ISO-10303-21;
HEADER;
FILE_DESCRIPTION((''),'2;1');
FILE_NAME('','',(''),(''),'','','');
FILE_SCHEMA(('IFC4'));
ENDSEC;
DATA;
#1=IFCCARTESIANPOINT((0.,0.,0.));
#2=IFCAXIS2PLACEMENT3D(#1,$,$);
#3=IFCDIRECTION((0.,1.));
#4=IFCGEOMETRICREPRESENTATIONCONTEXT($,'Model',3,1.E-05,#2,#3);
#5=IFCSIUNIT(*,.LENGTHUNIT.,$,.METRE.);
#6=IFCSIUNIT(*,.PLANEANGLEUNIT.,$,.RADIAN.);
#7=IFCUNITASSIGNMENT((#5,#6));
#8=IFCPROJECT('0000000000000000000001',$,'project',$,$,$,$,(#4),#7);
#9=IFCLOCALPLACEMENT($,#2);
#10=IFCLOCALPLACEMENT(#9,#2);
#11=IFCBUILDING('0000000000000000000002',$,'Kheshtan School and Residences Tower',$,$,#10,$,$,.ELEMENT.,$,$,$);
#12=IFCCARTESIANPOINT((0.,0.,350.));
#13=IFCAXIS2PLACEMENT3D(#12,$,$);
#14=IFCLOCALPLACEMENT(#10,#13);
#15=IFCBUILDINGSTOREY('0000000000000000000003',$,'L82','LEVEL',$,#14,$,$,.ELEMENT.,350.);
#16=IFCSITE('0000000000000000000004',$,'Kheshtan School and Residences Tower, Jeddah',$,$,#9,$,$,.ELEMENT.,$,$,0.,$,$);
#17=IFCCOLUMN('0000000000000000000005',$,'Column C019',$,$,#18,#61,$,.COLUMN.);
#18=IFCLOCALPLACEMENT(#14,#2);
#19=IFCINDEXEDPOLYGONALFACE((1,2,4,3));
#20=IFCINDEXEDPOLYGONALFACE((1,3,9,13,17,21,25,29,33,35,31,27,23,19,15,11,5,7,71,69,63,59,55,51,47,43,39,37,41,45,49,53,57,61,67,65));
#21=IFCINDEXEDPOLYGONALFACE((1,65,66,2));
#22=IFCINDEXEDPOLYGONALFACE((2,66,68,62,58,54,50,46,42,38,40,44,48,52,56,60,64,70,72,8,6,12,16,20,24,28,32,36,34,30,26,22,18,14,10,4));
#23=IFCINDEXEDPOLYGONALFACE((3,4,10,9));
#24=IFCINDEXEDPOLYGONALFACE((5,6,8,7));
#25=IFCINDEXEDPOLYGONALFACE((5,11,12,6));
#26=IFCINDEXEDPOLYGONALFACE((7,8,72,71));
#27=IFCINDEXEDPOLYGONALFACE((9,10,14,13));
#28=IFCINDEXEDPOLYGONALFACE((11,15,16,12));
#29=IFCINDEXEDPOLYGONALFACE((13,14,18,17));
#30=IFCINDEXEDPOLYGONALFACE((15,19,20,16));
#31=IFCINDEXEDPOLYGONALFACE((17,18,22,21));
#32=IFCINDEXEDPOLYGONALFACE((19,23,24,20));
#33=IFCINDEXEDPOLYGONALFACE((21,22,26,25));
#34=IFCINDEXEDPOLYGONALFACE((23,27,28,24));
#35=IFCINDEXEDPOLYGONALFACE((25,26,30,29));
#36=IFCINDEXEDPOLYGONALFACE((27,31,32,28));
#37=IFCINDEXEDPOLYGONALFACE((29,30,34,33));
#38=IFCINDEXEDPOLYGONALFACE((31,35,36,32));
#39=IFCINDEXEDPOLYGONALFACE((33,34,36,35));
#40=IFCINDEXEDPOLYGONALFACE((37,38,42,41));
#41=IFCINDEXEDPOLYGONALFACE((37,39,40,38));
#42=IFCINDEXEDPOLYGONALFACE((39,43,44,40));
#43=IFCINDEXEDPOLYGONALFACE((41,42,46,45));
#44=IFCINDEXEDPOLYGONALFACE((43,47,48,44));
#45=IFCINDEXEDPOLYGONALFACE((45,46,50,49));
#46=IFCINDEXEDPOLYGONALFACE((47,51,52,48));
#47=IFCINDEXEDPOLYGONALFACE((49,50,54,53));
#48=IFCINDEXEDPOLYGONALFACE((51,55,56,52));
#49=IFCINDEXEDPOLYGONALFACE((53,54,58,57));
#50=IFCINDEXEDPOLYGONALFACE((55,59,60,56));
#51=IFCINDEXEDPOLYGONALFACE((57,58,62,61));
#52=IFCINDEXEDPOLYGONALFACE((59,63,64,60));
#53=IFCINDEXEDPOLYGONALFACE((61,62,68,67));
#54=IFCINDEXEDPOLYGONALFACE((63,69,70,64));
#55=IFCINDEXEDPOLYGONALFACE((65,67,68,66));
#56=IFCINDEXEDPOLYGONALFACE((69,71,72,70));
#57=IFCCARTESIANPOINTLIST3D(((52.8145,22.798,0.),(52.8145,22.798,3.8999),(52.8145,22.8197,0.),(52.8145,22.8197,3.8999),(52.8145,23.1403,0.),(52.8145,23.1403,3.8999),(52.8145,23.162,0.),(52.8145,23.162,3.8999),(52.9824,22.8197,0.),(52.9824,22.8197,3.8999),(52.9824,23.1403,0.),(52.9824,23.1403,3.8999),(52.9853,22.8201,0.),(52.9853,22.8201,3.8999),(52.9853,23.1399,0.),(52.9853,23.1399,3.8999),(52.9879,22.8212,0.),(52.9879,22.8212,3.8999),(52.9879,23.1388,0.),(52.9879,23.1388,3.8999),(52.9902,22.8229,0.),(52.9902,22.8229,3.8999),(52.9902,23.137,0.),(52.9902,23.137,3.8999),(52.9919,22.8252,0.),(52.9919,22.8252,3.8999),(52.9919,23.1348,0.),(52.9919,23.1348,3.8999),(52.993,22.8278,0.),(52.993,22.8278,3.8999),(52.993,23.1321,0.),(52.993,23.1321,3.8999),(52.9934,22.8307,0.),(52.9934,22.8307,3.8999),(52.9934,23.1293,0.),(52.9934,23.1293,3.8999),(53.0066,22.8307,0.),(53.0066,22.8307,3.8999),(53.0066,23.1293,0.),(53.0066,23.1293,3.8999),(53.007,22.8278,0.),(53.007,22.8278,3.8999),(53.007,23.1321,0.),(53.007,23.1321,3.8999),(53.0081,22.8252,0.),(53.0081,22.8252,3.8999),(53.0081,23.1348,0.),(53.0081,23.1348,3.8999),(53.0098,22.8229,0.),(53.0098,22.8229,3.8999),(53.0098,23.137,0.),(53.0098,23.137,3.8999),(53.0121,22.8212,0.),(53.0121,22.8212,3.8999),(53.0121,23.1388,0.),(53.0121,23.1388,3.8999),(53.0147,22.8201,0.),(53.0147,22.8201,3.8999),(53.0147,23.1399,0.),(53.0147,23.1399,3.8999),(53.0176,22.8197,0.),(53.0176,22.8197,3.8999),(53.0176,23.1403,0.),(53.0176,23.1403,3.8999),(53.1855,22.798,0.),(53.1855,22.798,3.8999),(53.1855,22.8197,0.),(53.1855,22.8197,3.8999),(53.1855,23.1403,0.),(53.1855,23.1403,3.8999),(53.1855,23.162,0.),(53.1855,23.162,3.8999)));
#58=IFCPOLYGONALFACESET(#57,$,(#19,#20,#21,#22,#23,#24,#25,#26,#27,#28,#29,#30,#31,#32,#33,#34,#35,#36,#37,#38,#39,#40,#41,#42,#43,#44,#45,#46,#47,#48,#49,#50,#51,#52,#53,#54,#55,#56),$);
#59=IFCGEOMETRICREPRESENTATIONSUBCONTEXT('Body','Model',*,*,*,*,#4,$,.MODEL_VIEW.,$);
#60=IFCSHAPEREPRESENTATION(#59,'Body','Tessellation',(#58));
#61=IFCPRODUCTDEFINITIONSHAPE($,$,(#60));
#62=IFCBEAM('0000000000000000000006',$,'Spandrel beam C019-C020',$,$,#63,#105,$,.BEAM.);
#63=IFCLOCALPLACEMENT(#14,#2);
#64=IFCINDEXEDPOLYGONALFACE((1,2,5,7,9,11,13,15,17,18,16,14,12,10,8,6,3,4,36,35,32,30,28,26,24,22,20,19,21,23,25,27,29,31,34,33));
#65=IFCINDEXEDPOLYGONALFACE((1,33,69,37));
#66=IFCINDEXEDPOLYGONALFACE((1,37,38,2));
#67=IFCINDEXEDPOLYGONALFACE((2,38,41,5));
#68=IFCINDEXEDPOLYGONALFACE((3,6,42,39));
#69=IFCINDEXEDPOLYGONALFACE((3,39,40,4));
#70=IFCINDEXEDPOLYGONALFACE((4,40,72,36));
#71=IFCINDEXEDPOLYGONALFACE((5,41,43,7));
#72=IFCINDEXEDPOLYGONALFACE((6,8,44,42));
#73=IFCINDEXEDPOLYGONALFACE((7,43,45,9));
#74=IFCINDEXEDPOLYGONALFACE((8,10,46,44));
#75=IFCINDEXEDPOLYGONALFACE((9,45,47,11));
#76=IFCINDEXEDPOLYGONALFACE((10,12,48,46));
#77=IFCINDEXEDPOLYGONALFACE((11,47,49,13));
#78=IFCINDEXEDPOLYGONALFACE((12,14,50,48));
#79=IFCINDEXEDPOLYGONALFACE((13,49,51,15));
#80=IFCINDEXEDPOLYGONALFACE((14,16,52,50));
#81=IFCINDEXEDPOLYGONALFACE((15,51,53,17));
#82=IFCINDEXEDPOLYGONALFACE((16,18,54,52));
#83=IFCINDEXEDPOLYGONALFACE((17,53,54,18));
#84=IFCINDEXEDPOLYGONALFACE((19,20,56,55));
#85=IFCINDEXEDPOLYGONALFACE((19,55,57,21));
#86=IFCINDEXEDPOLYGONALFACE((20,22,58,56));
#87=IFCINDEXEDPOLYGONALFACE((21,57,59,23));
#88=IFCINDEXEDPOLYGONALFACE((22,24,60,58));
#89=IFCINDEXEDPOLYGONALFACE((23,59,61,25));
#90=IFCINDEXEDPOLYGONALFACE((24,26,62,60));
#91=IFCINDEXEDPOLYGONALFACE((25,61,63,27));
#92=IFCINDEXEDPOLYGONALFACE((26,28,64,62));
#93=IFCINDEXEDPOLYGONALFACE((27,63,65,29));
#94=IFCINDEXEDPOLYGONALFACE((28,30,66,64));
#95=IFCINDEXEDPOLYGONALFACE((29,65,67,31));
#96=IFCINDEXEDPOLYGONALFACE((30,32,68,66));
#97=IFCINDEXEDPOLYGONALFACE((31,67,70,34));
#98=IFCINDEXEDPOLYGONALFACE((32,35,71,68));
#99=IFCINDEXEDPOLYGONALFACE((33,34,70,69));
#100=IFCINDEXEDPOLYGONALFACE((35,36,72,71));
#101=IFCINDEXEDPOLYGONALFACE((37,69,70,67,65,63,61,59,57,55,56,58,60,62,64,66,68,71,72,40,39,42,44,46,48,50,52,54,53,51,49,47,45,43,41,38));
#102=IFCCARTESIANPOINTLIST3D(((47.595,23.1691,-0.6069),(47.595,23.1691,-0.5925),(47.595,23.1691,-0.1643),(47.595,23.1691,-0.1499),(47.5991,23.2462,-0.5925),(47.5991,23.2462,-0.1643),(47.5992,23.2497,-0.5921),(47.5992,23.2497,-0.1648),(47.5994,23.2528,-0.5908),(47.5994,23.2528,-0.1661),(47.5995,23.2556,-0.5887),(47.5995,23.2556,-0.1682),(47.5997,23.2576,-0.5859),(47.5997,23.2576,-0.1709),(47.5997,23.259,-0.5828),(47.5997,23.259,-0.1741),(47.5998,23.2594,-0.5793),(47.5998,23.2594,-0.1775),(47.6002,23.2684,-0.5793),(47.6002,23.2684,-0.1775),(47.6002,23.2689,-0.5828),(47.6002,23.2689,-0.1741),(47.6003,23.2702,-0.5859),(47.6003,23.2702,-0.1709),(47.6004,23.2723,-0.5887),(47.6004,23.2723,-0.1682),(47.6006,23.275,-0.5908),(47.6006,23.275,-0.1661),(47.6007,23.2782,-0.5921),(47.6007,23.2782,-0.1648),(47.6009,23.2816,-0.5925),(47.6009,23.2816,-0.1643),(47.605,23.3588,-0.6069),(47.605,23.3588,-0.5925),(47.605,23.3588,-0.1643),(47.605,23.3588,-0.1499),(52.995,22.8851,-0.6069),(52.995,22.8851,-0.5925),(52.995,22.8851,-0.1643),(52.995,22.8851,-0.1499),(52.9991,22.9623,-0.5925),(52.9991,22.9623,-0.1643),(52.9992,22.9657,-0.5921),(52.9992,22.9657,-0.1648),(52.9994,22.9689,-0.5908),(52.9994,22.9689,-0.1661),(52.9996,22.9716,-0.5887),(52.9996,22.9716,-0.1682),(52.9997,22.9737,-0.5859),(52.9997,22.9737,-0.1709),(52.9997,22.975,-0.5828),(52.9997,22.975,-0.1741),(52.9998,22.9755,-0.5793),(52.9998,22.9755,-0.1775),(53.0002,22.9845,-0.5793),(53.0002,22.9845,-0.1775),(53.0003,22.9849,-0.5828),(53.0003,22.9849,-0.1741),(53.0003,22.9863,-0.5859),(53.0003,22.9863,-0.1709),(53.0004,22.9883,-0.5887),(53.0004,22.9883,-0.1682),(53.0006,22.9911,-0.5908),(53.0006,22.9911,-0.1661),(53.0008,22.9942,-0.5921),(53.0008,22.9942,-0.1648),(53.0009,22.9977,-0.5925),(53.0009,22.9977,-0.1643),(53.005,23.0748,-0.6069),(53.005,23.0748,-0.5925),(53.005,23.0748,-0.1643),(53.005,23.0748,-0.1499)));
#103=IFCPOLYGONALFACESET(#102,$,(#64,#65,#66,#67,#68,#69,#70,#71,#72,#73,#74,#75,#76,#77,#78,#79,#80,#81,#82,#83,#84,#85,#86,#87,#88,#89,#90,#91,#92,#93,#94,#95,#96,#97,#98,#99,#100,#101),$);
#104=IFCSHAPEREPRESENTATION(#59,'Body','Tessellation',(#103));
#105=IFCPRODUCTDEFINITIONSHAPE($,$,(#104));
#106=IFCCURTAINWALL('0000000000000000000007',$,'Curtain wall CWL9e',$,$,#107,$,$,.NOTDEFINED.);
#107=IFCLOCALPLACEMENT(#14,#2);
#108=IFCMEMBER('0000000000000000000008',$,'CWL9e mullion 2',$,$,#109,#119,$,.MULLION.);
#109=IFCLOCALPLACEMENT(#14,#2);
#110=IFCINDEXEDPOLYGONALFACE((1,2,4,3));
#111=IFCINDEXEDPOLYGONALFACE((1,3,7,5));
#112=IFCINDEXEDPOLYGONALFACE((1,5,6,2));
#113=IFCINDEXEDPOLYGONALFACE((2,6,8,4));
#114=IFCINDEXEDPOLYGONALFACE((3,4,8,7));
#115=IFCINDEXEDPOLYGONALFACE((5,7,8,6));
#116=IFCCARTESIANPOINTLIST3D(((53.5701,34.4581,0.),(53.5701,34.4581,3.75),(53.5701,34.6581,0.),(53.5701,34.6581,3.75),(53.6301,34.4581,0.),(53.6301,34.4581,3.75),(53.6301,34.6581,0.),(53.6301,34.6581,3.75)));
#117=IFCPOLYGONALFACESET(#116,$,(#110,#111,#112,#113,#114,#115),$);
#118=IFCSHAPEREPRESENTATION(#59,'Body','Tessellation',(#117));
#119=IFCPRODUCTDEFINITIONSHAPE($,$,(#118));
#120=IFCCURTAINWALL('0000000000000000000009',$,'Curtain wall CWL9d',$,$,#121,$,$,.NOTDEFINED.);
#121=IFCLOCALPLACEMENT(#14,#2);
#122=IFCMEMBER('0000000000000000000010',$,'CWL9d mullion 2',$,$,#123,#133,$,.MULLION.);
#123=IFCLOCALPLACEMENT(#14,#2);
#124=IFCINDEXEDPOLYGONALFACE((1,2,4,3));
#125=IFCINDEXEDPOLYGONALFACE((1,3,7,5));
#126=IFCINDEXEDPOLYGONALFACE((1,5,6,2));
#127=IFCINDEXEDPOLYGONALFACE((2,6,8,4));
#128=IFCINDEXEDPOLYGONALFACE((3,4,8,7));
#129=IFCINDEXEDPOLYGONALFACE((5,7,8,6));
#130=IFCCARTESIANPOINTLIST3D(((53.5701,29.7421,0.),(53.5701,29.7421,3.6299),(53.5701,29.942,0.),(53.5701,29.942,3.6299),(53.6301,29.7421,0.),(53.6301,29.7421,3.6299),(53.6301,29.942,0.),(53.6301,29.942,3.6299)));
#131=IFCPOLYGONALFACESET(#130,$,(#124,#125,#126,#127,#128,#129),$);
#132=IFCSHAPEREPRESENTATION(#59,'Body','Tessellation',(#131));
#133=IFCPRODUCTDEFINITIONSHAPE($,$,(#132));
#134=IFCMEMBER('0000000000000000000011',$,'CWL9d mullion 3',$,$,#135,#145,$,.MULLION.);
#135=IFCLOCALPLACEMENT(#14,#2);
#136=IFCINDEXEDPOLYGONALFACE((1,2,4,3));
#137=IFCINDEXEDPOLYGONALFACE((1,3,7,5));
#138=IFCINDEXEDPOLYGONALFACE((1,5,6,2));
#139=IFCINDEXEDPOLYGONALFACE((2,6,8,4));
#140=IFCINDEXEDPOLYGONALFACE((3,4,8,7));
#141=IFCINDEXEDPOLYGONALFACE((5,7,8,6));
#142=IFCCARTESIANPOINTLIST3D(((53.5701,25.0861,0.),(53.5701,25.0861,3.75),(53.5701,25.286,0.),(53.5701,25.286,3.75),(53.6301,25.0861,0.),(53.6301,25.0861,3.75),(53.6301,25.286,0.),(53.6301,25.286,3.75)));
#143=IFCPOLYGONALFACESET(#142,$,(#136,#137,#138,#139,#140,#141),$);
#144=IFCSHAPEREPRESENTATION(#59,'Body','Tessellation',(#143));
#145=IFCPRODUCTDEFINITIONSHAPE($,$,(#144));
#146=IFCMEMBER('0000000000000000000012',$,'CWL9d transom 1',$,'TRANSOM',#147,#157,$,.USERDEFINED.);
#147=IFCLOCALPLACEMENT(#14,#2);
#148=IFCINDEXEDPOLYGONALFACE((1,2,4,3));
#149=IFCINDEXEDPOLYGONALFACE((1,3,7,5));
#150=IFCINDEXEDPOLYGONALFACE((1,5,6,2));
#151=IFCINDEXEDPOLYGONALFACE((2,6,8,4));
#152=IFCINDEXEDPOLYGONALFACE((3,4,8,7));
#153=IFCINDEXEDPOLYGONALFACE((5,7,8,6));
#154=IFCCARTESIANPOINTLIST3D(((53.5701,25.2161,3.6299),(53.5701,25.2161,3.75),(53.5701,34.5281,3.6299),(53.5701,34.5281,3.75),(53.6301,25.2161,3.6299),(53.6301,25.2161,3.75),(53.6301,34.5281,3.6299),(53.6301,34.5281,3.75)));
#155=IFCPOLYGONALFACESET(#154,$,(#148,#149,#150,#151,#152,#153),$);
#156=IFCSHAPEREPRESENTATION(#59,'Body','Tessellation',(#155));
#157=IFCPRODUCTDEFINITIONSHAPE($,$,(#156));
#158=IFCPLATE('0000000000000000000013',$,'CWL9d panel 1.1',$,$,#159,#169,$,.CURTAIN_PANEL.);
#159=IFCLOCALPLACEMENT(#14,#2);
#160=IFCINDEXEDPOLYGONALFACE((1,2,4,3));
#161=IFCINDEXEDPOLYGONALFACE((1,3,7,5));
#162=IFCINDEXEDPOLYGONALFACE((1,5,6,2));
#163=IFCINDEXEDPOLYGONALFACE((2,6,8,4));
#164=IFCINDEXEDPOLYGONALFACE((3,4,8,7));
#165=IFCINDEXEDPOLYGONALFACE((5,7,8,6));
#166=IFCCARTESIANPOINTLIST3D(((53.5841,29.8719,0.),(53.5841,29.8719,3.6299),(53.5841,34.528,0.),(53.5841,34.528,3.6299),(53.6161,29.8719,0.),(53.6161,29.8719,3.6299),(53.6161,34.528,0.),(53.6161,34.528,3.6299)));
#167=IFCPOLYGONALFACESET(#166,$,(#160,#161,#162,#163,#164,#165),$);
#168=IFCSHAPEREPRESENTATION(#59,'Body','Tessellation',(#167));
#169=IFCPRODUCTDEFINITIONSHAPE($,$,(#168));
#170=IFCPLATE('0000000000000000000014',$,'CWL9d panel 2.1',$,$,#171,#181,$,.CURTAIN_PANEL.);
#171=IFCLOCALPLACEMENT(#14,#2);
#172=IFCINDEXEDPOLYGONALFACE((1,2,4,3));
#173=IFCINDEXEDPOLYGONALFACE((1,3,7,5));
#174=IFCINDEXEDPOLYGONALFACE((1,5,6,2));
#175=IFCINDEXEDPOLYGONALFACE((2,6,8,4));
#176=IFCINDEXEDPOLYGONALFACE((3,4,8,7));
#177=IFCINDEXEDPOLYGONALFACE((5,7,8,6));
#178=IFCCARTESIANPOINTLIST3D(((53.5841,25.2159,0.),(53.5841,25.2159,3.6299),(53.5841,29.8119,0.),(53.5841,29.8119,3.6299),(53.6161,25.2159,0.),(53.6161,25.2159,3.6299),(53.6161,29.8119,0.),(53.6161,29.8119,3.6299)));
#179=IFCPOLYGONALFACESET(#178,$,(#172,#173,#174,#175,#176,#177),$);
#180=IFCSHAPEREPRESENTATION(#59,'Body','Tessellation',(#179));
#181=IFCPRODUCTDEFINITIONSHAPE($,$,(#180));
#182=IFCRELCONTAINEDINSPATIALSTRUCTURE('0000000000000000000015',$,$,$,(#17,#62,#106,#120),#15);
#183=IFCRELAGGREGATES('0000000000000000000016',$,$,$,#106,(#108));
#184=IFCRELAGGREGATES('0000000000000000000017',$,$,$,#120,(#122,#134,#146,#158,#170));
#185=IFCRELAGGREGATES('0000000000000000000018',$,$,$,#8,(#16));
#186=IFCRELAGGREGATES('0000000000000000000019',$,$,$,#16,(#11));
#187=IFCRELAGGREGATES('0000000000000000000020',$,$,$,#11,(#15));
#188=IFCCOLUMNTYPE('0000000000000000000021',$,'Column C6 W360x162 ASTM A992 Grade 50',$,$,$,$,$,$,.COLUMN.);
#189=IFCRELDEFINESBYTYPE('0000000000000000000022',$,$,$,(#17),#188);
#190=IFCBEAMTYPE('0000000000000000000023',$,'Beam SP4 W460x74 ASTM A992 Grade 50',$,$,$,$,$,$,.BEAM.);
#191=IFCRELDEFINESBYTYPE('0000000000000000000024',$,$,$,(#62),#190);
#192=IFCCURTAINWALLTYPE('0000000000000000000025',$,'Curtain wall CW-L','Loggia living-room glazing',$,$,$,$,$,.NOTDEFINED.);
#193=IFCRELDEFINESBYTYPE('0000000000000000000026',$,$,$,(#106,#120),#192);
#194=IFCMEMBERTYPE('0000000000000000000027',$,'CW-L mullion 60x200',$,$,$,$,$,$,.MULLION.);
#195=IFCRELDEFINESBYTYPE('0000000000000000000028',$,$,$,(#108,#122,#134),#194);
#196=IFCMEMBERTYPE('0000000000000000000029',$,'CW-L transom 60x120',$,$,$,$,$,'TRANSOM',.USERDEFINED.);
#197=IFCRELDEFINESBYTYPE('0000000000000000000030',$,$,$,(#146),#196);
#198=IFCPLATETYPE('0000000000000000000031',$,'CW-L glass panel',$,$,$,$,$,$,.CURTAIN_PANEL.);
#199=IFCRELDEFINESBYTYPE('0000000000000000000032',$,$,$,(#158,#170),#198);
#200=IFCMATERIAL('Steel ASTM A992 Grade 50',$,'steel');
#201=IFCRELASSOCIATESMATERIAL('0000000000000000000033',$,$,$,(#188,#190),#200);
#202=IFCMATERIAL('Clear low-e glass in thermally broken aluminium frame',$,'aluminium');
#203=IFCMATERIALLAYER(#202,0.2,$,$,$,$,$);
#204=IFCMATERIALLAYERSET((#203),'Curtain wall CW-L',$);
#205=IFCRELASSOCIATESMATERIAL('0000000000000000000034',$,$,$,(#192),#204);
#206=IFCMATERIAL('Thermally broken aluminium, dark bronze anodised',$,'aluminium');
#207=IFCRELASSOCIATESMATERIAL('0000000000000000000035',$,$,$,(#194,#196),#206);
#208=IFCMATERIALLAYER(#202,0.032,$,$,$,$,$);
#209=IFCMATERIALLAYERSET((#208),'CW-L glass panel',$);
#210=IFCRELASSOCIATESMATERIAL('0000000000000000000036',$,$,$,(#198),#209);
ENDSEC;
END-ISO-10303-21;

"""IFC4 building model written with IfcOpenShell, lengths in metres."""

from ifc_helpers import new_model, si_unit, direction, frame, origin, origin_2d, place, context, subcontext, project, spatial, rectangle, i_section, extrude, material, layer, layer_set, material_profile, profile_set, type_object, element, aggregate, save


model = new_model("IFC4")

# Units and contexts
model_context = context("Model", 3, precision=1e-05, world=origin(), true_north=direction((0.0, 1.0)))
body_context = subcontext(model_context, "Body", "Model", "MODEL_VIEW")
ifc_project = project(units=[si_unit("LENGTHUNIT", "METRE"), si_unit("PLANEANGLEUNIT", "RADIAN")], contexts=[model_context])

# Site, building, storey
site_placement = place(None, origin())
site = spatial("IfcSite", under=ifc_project, at=site_placement, Name="Kheshtan School and Residences Tower, Jeddah", CompositionType="ELEMENT", RefElevation=0.0)
building_placement = place(site_placement, origin())
building = spatial("IfcBuilding", under=site, at=building_placement, Name="Kheshtan School and Residences Tower", CompositionType="ELEMENT")
storey_placement = place(building_placement, frame((0.0, 0.0, 350.0)))
storey = spatial("IfcBuildingStorey", under=building, at=storey_placement, Name="L82", Description="LEVEL", CompositionType="ELEMENT", Elevation=350.0)

# Column
ifc_material_1 = material(Name="Steel ASTM A992 Grade 50", Category="steel")
ifc_material_profile_1 = material_profile(ifc_material_1, i_section(OverallWidth=0.3711, OverallDepth=0.364, WebThickness=0.0132, FlangeThickness=0.0217, FilletRadius=0.011, at=origin_2d()), Name="W360x162")
ifc_profile_set_1 = profile_set([ifc_material_profile_1], Name="Steel ASTM A992 Grade 50")
column_type = type_object("IfcColumnType", Name="Column C6 W360x162 ASTM A992 Grade 50", PredefinedType="COLUMN", material=ifc_profile_set_1)
column_placement = place(storey_placement, frame((53.0, 22.98, 0.0), z_axis=(0.0, 0.0, 1.0), x_axis=(1.0, 0.0, 0.0)))
element("IfcColumn", 1, at=column_placement, inside=storey, type_object=column_type, Name="Column C019", PredefinedType="COLUMN", context=body_context, shape_type="SweptSolid", body=[
    extrude(i_section(OverallWidth=0.3711, OverallDepth=0.364, WebThickness=0.0132, FlangeThickness=0.0217, FilletRadius=0.011, at=origin_2d()), origin(), (0.0, 0.0, 1.0), 3.8999),
])

# Beam
ifc_material_profile_2 = material_profile(ifc_material_1, i_section(OverallWidth=0.1899, OverallDepth=0.457, WebThickness=0.009, FlangeThickness=0.0144, FilletRadius=0.0132, at=origin_2d()), Name="W460x74")
ifc_profile_set_2 = profile_set([ifc_material_profile_2], Name="Steel ASTM A992 Grade 50")
beam_type = type_object("IfcBeamType", Name="Beam SP4 W460x74 ASTM A992 Grade 50", PredefinedType="BEAM", material=ifc_profile_set_2)
beam_placement = place(storey_placement, frame((53.0, 22.98, -0.3784), z_axis=(-0.99862, 0.052509, 0.0), x_axis=(-0.052509, -0.99862, 0.0)))
element("IfcBeam", 2, at=beam_placement, inside=storey, type_object=beam_type, Name="Spandrel beam C019-C020", PredefinedType="BEAM", context=body_context, shape_type="SweptSolid", body=[
    extrude(i_section(OverallWidth=0.1899, OverallDepth=0.457, WebThickness=0.009, FlangeThickness=0.0144, FilletRadius=0.0132, at=origin_2d()), origin(), (0.0, 0.0, 1.0), 5.4075),
])

# Curtain wall, member
ifc_material_2 = material(Name="Clear low-e glass in thermally broken aluminium frame", Category="aluminium")
ifc_layer_1 = layer(ifc_material_2, 0.2)
ifc_layer_set_1 = layer_set([ifc_layer_1], Name="Curtain wall CW-L")
curtain_wall_type = type_object("IfcCurtainWallType", Name="Curtain wall CW-L", Description="Loggia living-room glazing", PredefinedType="NOTDEFINED", material=ifc_layer_set_1)
curtain_wall_1_placement = place(storey_placement, origin())
curtain_wall_1 = element("IfcCurtainWall", 3, at=curtain_wall_1_placement, inside=storey, type_object=curtain_wall_type, Name="Curtain wall CWL9e", PredefinedType="NOTDEFINED")
ifc_material_3 = material(Name="Thermally broken aluminium, dark bronze anodised", Category="aluminium")
ifc_material_profile_3 = material_profile(ifc_material_3, rectangle(XDim=0.0601, YDim=0.2, at=origin_2d()), Name="CW-L mullion 60x200")
ifc_profile_set_3 = profile_set([ifc_material_profile_3], Name="Thermally broken aluminium, dark bronze anodised")
member_type_1 = type_object("IfcMemberType", Name="CW-L mullion 60x200", PredefinedType="MULLION", material=ifc_profile_set_3)
member_1_placement = place(storey_placement, frame((53.6001, 34.5581, 0.0), z_axis=(0.0, 0.0, 1.0), x_axis=(1.0, 0.0, 0.0)))
member_1 = element("IfcMember", 4, at=member_1_placement, type_object=member_type_1, Name="CWL9e mullion 2", PredefinedType="MULLION", context=body_context, shape_type="SweptSolid", body=[
    extrude(rectangle(XDim=0.0601, YDim=0.2, at=origin_2d()), origin(), (0.0, 0.0, 1.0), 3.75),
])
aggregate(curtain_wall_1, [member_1])

# Curtain wall, members, plates
curtain_wall_2_placement = place(storey_placement, origin())
curtain_wall_2 = element("IfcCurtainWall", 5, at=curtain_wall_2_placement, inside=storey, type_object=curtain_wall_type, Name="Curtain wall CWL9d", PredefinedType="NOTDEFINED")
member_2_placement = place(storey_placement, frame((53.6001, 29.842, 0.0), z_axis=(0.0, 0.0, 1.0), x_axis=(1.0, 0.0, 0.0)))
member_2 = element("IfcMember", 6, at=member_2_placement, type_object=member_type_1, Name="CWL9d mullion 2", PredefinedType="MULLION", context=body_context, shape_type="SweptSolid", body=[
    extrude(rectangle(XDim=0.0601, YDim=0.2, at=origin_2d()), origin(), (0.0, 0.0, 1.0), 3.6299),
])
member_3_placement = place(storey_placement, frame((53.6001, 25.186, 0.0), z_axis=(0.0, 0.0, 1.0), x_axis=(1.0, 0.0, 0.0)))
member_3 = element("IfcMember", 7, at=member_3_placement, type_object=member_type_1, Name="CWL9d mullion 3", PredefinedType="MULLION", context=body_context, shape_type="SweptSolid", body=[
    extrude(rectangle(XDim=0.0601, YDim=0.2, at=origin_2d()), origin(), (0.0, 0.0, 1.0), 3.75),
])
ifc_material_profile_4 = material_profile(ifc_material_3, rectangle(XDim=0.0601, YDim=0.1201, at=origin_2d()), Name="CW-L transom 60x120")
ifc_profile_set_4 = profile_set([ifc_material_profile_4], Name="Thermally broken aluminium, dark bronze anodised")
member_type_2 = type_object("IfcMemberType", Name="CW-L transom 60x120", ElementType="TRANSOM", PredefinedType="USERDEFINED", material=ifc_profile_set_4)
member_4_placement = place(storey_placement, frame((53.6001, 34.5281, 3.6899), z_axis=(0.0, -1.0, 0.0), x_axis=(1.0, 0.0, 0.0)))
member_4 = element("IfcMember", 8, at=member_4_placement, type_object=member_type_2, Name="CWL9d transom 1", ObjectType="TRANSOM", PredefinedType="USERDEFINED", context=body_context, shape_type="SweptSolid", body=[
    extrude(rectangle(XDim=0.0601, YDim=0.1201, at=origin_2d()), origin(), (0.0, 0.0, 1.0), 9.312),
])
ifc_layer_2 = layer(ifc_material_2, 0.032)
ifc_layer_set_2 = layer_set([ifc_layer_2], Name="CW-L glass panel")
plate_type = type_object("IfcPlateType", Name="CW-L glass panel", PredefinedType="CURTAIN_PANEL", material=ifc_layer_set_2)
plate_1_placement = place(storey_placement, frame((53.6001, 32.2, 0.0), z_axis=(0.0, 0.0, 1.0), x_axis=(0.0, -1.0, 0.0)))
plate_1 = element("IfcPlate", 9, at=plate_1_placement, type_object=plate_type, Name="CWL9d panel 1.1", PredefinedType="CURTAIN_PANEL", context=body_context, shape_type="SweptSolid", body=[
    extrude(rectangle(XDim=4.656, YDim=0.032, at=origin_2d()), origin(), (0.0, 0.0, 1.0), 3.6299),
])
plate_2_placement = place(storey_placement, frame((53.6001, 27.5139, 0.0), z_axis=(0.0, 0.0, 1.0), x_axis=(0.0, -1.0, 0.0)))
plate_2 = element("IfcPlate", 10, at=plate_2_placement, type_object=plate_type, Name="CWL9d panel 2.1", PredefinedType="CURTAIN_PANEL", context=body_context, shape_type="SweptSolid", body=[
    extrude(rectangle(XDim=4.5959, YDim=0.032, at=origin_2d()), origin(), (0.0, 0.0, 1.0), 3.6299),
])
aggregate(curtain_wall_2, [member_2, member_3, member_4, plate_1, plate_2])

save(model, "model.ifc")
